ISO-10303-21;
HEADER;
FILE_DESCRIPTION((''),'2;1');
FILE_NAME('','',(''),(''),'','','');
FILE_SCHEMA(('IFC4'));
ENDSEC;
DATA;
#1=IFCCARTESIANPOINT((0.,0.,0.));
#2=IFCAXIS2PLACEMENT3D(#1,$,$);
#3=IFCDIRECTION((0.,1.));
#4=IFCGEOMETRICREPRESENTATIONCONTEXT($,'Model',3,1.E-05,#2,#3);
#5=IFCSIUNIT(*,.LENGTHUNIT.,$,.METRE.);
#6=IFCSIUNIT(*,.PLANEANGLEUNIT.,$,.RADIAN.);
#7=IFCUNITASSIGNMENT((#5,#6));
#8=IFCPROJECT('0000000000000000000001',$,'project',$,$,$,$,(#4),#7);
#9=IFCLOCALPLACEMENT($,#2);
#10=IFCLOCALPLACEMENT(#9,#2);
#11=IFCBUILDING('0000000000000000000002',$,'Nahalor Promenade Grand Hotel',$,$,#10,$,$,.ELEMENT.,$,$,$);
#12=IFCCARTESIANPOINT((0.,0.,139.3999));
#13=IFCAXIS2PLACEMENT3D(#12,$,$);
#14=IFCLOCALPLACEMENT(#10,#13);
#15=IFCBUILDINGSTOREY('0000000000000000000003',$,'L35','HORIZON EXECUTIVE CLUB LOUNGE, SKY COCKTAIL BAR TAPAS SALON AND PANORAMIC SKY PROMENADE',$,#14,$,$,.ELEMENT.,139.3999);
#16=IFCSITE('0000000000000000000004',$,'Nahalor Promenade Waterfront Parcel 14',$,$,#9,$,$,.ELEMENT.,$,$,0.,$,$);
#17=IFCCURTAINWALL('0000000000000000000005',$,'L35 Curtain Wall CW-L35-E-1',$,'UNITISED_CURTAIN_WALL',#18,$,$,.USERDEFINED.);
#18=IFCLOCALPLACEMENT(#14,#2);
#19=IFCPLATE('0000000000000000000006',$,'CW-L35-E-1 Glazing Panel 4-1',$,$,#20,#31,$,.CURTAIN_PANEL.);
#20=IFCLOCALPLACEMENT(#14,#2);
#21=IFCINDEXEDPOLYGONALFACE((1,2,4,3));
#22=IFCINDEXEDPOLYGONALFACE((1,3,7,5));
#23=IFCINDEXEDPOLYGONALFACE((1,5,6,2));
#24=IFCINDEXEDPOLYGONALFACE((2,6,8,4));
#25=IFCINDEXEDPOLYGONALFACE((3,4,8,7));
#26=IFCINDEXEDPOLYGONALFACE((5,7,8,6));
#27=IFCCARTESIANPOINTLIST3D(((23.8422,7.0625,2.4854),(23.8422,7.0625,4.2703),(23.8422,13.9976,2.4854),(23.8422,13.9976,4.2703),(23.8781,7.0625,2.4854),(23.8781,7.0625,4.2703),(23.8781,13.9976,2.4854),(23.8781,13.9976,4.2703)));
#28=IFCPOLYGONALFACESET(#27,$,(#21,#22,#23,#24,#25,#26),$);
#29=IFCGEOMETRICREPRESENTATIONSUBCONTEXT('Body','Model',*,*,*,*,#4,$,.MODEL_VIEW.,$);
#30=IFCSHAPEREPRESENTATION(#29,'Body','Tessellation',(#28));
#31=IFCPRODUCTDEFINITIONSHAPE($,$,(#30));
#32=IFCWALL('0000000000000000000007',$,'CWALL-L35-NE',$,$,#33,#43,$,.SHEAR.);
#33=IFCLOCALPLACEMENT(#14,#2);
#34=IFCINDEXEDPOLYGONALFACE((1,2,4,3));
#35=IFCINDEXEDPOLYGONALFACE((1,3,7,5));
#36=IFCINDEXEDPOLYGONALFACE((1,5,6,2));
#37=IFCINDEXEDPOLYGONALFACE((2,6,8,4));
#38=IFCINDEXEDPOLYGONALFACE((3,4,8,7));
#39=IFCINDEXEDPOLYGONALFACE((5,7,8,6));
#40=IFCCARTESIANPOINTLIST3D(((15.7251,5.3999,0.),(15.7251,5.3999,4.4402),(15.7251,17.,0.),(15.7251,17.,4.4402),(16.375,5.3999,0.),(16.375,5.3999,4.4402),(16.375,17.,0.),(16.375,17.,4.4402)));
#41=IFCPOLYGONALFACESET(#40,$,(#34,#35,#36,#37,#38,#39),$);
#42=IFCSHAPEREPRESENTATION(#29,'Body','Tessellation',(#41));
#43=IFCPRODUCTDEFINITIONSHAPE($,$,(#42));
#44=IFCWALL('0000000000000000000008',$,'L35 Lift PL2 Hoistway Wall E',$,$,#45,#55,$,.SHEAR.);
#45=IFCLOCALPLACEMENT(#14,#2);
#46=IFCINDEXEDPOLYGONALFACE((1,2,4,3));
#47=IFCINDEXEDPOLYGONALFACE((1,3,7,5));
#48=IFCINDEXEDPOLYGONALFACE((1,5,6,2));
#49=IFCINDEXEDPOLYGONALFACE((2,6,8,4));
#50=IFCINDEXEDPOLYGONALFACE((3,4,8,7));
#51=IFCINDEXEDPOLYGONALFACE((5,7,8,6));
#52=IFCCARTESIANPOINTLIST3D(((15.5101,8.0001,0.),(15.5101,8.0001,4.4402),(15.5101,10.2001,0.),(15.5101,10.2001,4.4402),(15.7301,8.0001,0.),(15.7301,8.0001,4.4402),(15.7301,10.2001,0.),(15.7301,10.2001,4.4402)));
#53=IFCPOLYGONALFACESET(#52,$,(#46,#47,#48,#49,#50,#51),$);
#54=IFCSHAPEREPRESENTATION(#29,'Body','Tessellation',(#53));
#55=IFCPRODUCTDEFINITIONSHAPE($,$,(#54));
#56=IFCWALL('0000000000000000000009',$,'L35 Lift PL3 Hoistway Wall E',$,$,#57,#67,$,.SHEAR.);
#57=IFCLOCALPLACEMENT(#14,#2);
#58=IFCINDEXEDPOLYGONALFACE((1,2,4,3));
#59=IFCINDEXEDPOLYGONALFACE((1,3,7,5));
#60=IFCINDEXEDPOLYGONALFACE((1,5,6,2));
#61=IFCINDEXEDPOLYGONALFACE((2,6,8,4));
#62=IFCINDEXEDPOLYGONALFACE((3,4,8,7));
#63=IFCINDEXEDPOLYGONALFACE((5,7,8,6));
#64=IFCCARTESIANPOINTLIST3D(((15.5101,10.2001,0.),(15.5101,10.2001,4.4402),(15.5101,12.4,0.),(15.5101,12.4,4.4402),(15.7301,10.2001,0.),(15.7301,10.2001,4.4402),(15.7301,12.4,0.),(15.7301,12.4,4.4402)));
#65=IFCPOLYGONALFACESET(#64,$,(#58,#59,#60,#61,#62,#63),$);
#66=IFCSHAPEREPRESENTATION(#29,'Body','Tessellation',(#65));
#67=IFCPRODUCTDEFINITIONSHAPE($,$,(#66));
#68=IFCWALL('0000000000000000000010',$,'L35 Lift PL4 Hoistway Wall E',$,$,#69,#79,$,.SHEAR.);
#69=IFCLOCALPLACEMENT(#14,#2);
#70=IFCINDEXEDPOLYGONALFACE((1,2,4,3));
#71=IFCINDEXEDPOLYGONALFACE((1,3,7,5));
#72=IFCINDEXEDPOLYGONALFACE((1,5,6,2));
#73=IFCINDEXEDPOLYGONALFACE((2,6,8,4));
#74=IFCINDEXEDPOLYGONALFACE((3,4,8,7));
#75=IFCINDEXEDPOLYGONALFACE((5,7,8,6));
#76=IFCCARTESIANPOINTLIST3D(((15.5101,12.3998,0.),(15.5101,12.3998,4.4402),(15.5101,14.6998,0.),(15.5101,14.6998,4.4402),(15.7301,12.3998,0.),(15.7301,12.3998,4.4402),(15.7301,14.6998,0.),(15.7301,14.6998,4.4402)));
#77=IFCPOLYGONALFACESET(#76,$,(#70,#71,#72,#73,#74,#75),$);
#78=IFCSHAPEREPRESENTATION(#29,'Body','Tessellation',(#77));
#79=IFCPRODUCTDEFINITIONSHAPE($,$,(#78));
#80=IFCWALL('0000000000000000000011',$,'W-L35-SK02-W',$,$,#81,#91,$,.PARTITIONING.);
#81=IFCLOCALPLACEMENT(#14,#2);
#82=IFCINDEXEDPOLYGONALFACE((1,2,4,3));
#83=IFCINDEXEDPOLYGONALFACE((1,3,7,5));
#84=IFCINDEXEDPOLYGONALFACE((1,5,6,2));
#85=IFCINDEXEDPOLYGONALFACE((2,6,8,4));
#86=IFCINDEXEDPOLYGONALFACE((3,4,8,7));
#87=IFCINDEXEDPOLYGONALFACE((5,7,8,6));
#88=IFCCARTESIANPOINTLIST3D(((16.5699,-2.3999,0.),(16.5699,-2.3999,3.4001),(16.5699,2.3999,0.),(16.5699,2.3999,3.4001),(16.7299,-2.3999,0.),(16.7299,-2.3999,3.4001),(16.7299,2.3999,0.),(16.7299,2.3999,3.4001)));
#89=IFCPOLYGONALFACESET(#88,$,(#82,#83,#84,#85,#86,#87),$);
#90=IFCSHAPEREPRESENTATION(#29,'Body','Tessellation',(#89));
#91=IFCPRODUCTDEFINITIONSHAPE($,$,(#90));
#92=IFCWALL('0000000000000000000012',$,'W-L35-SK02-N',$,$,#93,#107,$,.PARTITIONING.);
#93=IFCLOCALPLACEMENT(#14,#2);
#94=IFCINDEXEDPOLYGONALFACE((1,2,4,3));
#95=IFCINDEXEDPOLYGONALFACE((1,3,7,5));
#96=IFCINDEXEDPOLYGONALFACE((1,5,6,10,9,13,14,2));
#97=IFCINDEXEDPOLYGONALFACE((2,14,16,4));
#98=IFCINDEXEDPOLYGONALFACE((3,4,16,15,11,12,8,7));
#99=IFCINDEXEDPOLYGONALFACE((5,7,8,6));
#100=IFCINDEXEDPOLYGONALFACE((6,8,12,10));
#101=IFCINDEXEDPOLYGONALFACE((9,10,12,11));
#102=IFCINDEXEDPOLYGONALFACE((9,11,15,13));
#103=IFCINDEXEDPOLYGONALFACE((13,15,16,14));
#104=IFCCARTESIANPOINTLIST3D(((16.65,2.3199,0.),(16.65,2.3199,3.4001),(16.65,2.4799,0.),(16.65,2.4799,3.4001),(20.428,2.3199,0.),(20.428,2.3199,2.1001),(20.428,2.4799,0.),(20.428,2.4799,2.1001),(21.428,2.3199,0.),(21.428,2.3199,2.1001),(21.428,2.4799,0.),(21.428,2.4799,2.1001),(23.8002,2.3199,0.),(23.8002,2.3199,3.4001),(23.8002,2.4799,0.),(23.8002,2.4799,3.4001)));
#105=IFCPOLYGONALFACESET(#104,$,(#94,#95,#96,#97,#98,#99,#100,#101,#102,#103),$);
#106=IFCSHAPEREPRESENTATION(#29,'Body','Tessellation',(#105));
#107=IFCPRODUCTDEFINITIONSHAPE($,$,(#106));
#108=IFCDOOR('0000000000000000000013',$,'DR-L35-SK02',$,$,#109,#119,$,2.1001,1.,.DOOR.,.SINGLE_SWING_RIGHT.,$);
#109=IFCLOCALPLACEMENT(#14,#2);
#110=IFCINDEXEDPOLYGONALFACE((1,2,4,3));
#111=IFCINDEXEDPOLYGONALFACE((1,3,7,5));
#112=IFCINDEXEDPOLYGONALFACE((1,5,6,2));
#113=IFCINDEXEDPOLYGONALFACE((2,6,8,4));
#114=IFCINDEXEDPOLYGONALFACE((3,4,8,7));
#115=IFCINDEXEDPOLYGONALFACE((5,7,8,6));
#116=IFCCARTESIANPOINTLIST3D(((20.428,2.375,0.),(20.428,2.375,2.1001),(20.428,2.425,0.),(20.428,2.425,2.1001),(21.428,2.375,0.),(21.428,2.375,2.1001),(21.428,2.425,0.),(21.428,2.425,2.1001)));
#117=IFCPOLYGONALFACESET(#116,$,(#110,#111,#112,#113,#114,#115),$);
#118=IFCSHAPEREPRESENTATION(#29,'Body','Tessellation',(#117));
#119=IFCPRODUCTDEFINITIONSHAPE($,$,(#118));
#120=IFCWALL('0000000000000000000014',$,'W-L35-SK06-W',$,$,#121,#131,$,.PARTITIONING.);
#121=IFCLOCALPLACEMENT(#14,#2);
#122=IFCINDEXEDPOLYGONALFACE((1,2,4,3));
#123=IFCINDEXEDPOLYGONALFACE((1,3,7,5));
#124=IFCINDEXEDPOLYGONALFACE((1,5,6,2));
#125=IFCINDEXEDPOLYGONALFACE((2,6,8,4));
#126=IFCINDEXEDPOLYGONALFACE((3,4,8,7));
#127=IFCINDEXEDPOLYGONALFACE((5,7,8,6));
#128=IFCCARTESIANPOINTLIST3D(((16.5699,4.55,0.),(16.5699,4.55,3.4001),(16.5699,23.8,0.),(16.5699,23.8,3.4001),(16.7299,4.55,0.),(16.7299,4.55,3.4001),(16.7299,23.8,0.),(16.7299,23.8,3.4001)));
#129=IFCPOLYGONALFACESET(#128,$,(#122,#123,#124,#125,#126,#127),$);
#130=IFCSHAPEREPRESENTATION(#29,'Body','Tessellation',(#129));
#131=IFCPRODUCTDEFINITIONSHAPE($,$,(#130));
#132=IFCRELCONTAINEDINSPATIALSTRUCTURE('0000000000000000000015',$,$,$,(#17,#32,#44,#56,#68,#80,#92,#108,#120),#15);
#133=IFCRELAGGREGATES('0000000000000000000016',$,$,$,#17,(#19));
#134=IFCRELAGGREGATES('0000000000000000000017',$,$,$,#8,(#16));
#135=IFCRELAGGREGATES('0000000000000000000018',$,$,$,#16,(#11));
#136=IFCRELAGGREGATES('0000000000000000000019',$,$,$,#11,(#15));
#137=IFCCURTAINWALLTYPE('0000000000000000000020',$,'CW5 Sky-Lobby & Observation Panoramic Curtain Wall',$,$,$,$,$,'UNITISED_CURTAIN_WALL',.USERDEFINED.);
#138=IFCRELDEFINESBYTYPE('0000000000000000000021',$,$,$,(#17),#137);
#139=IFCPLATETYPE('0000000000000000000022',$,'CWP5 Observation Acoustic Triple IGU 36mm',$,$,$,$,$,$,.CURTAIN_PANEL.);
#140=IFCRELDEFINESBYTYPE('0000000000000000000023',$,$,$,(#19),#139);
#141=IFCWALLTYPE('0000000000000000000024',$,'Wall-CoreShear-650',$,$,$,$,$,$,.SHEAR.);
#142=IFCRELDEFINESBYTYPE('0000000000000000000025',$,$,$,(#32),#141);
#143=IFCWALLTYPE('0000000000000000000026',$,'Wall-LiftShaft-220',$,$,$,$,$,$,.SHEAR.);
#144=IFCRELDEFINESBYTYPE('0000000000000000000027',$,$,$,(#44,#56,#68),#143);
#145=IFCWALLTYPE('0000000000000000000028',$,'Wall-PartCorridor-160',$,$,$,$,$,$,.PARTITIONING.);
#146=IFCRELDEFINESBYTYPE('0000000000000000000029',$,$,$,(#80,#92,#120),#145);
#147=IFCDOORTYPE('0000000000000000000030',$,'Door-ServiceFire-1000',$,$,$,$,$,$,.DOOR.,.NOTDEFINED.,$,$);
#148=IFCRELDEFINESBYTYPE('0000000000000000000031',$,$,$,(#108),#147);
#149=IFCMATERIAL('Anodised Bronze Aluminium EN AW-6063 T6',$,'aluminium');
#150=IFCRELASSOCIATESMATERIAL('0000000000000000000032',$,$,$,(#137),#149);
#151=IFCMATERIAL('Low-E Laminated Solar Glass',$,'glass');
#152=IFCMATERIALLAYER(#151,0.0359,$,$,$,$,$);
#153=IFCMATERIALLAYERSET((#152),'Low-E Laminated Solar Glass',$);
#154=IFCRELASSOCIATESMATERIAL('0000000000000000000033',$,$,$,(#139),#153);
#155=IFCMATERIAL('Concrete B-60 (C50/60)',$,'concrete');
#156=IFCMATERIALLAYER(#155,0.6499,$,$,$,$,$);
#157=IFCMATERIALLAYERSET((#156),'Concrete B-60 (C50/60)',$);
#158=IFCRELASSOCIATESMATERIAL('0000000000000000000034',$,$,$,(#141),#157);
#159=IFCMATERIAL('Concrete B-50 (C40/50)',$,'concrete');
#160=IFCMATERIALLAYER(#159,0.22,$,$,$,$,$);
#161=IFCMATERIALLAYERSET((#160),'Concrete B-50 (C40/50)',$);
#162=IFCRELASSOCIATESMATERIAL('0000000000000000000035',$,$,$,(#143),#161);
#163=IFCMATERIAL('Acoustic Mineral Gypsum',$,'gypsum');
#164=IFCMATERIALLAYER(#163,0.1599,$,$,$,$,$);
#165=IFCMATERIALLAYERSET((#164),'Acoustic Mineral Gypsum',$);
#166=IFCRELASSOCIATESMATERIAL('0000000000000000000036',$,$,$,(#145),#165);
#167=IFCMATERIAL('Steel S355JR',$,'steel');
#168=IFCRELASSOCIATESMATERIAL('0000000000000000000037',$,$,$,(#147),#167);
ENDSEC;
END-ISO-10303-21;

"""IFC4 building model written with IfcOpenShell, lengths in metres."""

from ifc_helpers import new_model, si_unit, direction, frame, frame_2d, origin, origin_2d, place, context, subcontext, project, spatial, rectangle, extrude, source, transform, mapped, material, layer, layer_set, type_object, element, fill, aggregate, save


model = new_model("IFC4")

# Units and contexts
model_context = context("Model", 3, precision=1e-05, world=origin(), true_north=direction((0.0, 1.0)))
body_context = subcontext(model_context, "Body", "Model", "MODEL_VIEW")
ifc_project = project(units=[si_unit("LENGTHUNIT", "METRE"), si_unit("PLANEANGLEUNIT", "RADIAN")], contexts=[model_context])

# Site, building, storey
site_placement = place(None, origin())
site = spatial("IfcSite", under=ifc_project, at=site_placement, Name="Nahalor Promenade Waterfront Parcel 14", CompositionType="ELEMENT", RefElevation=0.0)
building_placement = place(site_placement, origin())
building = spatial("IfcBuilding", under=site, at=building_placement, Name="Nahalor Promenade Grand Hotel", CompositionType="ELEMENT")
storey_placement = place(building_placement, frame((0.0, 0.0, 139.3999)))
storey = spatial("IfcBuildingStorey", under=building, at=storey_placement, Name="L35", Description="HORIZON EXECUTIVE CLUB LOUNGE, SKY COCKTAIL BAR TAPAS SALON AND PANORAMIC SKY PROMENADE", CompositionType="ELEMENT", Elevation=139.3999)

# Shared definitions
ifc_material_1 = material(Name="Steel S355JR", Category="steel")

# Curtain wall, plate
ifc_material_2 = material(Name="Anodised Bronze Aluminium EN AW-6063 T6", Category="aluminium")
curtain_wall_type = type_object("IfcCurtainWallType", Name="CW5 Sky-Lobby & Observation Panoramic Curtain Wall", ElementType="UNITISED_CURTAIN_WALL", PredefinedType="USERDEFINED", material=ifc_material_2)
curtain_wall_placement = place(storey_placement, origin())
curtain_wall = element("IfcCurtainWall", 1, at=curtain_wall_placement, inside=storey, type_object=curtain_wall_type, Name="L35 Curtain Wall CW-L35-E-1", ObjectType="UNITISED_CURTAIN_WALL", PredefinedType="USERDEFINED")
ifc_material_3 = material(Name="Low-E Laminated Solar Glass", Category="glass")
ifc_layer_1 = layer(ifc_material_3, 0.0359)
ifc_layer_set_1 = layer_set([ifc_layer_1], Name="Low-E Laminated Solar Glass")
plate_type = type_object("IfcPlateType", Name="CWP5 Observation Acoustic Triple IGU 36mm", PredefinedType="CURTAIN_PANEL", material=ifc_layer_set_1)
shared_shape_1 = source(origin(), body_context, "Body", "SweptSolid", [
    extrude(rectangle(XDim=6.9351, YDim=0.0359, at=origin_2d()), origin(), (0.0, 0.0, 1.0), 1.7849),
])
plate_1_placement = place(storey_placement, frame((23.8601, 10.53, 2.4854), z_axis=(0.0, 0.0, 1.0), x_axis=(0.0, 1.0, 0.0)))
plate_1 = element("IfcPlate", 2, at=plate_1_placement, type_object=plate_type, Name="CW-L35-E-1 Glazing Panel 4-1", PredefinedType="CURTAIN_PANEL", context=body_context, shape_type="MappedRepresentation", body=[
    mapped(shared_shape_1, transform((0.0, 0.0, 0.0), scale=1.0)),
])
aggregate(curtain_wall, [plate_1])

# Walls
ifc_material_4 = material(Name="Concrete B-60 (C50/60)", Category="concrete")
ifc_layer_2 = layer(ifc_material_4, 0.6499)
ifc_layer_set_2 = layer_set([ifc_layer_2], Name="Concrete B-60 (C50/60)")
wall_type_1 = type_object("IfcWallType", Name="Wall-CoreShear-650", PredefinedType="SHEAR", material=ifc_layer_set_2)
shared_shape_2 = source(origin(), body_context, "Body", "SweptSolid", [
    extrude(rectangle(XDim=11.6001, YDim=0.6499, at=frame_2d((5.8, 0.0))), origin(), (0.0, 0.0, 1.0), 4.4402),
])
wall_1_placement = place(storey_placement, frame((16.05, 5.3999, 0.0), z_axis=(0.0, 0.0, 1.0), x_axis=(0.0, 1.0, 0.0)))
element("IfcWall", 3, at=wall_1_placement, inside=storey, type_object=wall_type_1, Name="CWALL-L35-NE", PredefinedType="SHEAR", context=body_context, shape_type="MappedRepresentation", body=[
    mapped(shared_shape_2, transform((0.0, 0.0, 0.0), scale=1.0)),
])
ifc_material_5 = material(Name="Concrete B-50 (C40/50)", Category="concrete")
ifc_layer_3 = layer(ifc_material_5, 0.22)
ifc_layer_set_3 = layer_set([ifc_layer_3], Name="Concrete B-50 (C40/50)")
wall_type_2 = type_object("IfcWallType", Name="Wall-LiftShaft-220", PredefinedType="SHEAR", material=ifc_layer_set_3)
shared_shape_3 = source(origin(), body_context, "Body", "SweptSolid", [
    extrude(rectangle(XDim=2.2, YDim=0.22, at=frame_2d((1.1001, 0.0))), origin(), (0.0, 0.0, 1.0), 4.4402),
])
for number, where, z_axis, x_axis, name in (
    (4, (15.6201, 8.0, 0.0), (0.0, 0.0, 1.0), (0.0, 1.0, 0.0), "L35 Lift PL2 Hoistway Wall E"),
    (5, (15.6201, 10.2, 0.0), (0.0, 0.0, 1.0), (0.0, 1.0, 0.0), "L35 Lift PL3 Hoistway Wall E"),
):
    element("IfcWall", number, at=place(storey_placement, frame(where, z_axis=z_axis, x_axis=x_axis)), inside=storey, type_object=wall_type_2, Name=name, PredefinedType="SHEAR", context=body_context, shape_type="MappedRepresentation", body=[
        mapped(shared_shape_3, transform((0.0, 0.0, 0.0), scale=1.0)),
    ])
shared_shape_4 = source(origin(), body_context, "Body", "SweptSolid", [
    extrude(rectangle(XDim=2.3, YDim=0.22, at=frame_2d((1.1499, 0.0))), origin(), (0.0, 0.0, 1.0), 4.4402),
])
wall_2_placement = place(storey_placement, frame((15.6201, 12.3999, 0.0), z_axis=(0.0, 0.0, 1.0), x_axis=(0.0, 1.0, 0.0)))
element("IfcWall", 6, at=wall_2_placement, inside=storey, type_object=wall_type_2, Name="L35 Lift PL4 Hoistway Wall E", PredefinedType="SHEAR", context=body_context, shape_type="MappedRepresentation", body=[
    mapped(shared_shape_4, transform((0.0, 0.0, 0.0), scale=1.0)),
])
ifc_material_6 = material(Name="Acoustic Mineral Gypsum", Category="gypsum")
ifc_layer_4 = layer(ifc_material_6, 0.1599)
ifc_layer_set_4 = layer_set([ifc_layer_4], Name="Acoustic Mineral Gypsum")
wall_type_3 = type_object("IfcWallType", Name="Wall-PartCorridor-160", PredefinedType="PARTITIONING", material=ifc_layer_set_4)
shared_shape_5 = source(origin(), body_context, "Body", "SweptSolid", [
    extrude(rectangle(XDim=4.7998, YDim=0.1599, at=frame_2d((2.3999, 0.0))), origin(), (0.0, 0.0, 1.0), 3.4001),
])
wall_3_placement = place(storey_placement, frame((16.6499, -2.3999, 0.0), z_axis=(0.0, 0.0, 1.0), x_axis=(0.0, 1.0, 0.0)))
element("IfcWall", 7, at=wall_3_placement, inside=storey, type_object=wall_type_3, Name="W-L35-SK02-W", PredefinedType="PARTITIONING", context=body_context, shape_type="MappedRepresentation", body=[
    mapped(shared_shape_5, transform((0.0, 0.0, 0.0), scale=1.0)),
])

# Wall, opening, door
shared_shape_6 = source(origin(), body_context, "Body", "SweptSolid", [
    extrude(rectangle(XDim=7.1501, YDim=0.1599, at=frame_2d((3.5752, 0.0))), origin(), (0.0, 0.0, 1.0), 3.4001),
])
wall_4_placement = place(storey_placement, frame((16.6499, 2.3999, 0.0), z_axis=(0.0, 0.0, 1.0), x_axis=(1.0, 0.0, 0.0)))
wall_4 = element("IfcWall", 8, at=wall_4_placement, inside=storey, type_object=wall_type_3, Name="W-L35-SK02-N", PredefinedType="PARTITIONING", context=body_context, shape_type="MappedRepresentation", body=[
    mapped(shared_shape_6, transform((0.0, 0.0, 0.0), scale=1.0)),
])
opening_1_placement = place(wall_4_placement, frame((3.7781, 0.0, 0.0)))
opening_1 = element("IfcOpeningElement", 9, at=opening_1_placement, cuts=wall_4, PredefinedType="OPENING", context=body_context, shape_type="SweptSolid", body=[
    extrude(rectangle(XDim=1.0, YDim=2.1001, at=frame_2d((0.5, 1.05))), frame((0.0, 0.0898, 0.0), z_axis=(0.0, -1.0, 0.0), x_axis=(1.0, 0.0, 0.0)), (0.0, 0.0, 1.0), 0.1799),
])
door_type_1 = type_object("IfcDoorType", Name="Door-ServiceFire-1000", OperationType="NOTDEFINED", PredefinedType="DOOR", material=ifc_material_1)
shared_shape_7 = source(origin(), body_context, "Body", "SweptSolid", [
    extrude(rectangle(XDim=1.0, YDim=2.1001, at=frame_2d((0.5, 1.05))), frame((0.0, 0.0249, 0.0), z_axis=(0.0, -1.0, 0.0), x_axis=(1.0, 0.0, 0.0)), (0.0, 0.0, 1.0), 0.05),
])
door_1_placement = place(opening_1_placement, frame((1.0, 0.0, 0.0), z_axis=(0.0, 0.0, 1.0), x_axis=(-1.0, 0.0, 0.0)))
door_1 = element("IfcDoor", 10, at=door_1_placement, inside=storey, type_object=door_type_1, Name="DR-L35-SK02", OperationType="SINGLE_SWING_RIGHT", OverallHeight=2.1001, OverallWidth=1.0, PredefinedType="DOOR", context=body_context, shape_type="MappedRepresentation", body=[
    mapped(shared_shape_7, transform((0.0, 0.0, 0.0), scale=1.0)),
])
fill(opening_1, door_1)

# Wall
shared_shape_8 = source(origin(), body_context, "Body", "SweptSolid", [
    extrude(rectangle(XDim=19.25, YDim=0.1599, at=frame_2d((9.625, 0.0))), origin(), (0.0, 0.0, 1.0), 3.4001),
])
wall_5_placement = place(storey_placement, frame((16.6499, 4.55, 0.0), z_axis=(0.0, 0.0, 1.0), x_axis=(0.0, 1.0, 0.0)))
element("IfcWall", 11, at=wall_5_placement, inside=storey, type_object=wall_type_3, Name="W-L35-SK06-W", PredefinedType="PARTITIONING", context=body_context, shape_type="MappedRepresentation", body=[
    mapped(shared_shape_8, transform((0.0, 0.0, 0.0), scale=1.0)),
])

save(model, "model.ifc")
